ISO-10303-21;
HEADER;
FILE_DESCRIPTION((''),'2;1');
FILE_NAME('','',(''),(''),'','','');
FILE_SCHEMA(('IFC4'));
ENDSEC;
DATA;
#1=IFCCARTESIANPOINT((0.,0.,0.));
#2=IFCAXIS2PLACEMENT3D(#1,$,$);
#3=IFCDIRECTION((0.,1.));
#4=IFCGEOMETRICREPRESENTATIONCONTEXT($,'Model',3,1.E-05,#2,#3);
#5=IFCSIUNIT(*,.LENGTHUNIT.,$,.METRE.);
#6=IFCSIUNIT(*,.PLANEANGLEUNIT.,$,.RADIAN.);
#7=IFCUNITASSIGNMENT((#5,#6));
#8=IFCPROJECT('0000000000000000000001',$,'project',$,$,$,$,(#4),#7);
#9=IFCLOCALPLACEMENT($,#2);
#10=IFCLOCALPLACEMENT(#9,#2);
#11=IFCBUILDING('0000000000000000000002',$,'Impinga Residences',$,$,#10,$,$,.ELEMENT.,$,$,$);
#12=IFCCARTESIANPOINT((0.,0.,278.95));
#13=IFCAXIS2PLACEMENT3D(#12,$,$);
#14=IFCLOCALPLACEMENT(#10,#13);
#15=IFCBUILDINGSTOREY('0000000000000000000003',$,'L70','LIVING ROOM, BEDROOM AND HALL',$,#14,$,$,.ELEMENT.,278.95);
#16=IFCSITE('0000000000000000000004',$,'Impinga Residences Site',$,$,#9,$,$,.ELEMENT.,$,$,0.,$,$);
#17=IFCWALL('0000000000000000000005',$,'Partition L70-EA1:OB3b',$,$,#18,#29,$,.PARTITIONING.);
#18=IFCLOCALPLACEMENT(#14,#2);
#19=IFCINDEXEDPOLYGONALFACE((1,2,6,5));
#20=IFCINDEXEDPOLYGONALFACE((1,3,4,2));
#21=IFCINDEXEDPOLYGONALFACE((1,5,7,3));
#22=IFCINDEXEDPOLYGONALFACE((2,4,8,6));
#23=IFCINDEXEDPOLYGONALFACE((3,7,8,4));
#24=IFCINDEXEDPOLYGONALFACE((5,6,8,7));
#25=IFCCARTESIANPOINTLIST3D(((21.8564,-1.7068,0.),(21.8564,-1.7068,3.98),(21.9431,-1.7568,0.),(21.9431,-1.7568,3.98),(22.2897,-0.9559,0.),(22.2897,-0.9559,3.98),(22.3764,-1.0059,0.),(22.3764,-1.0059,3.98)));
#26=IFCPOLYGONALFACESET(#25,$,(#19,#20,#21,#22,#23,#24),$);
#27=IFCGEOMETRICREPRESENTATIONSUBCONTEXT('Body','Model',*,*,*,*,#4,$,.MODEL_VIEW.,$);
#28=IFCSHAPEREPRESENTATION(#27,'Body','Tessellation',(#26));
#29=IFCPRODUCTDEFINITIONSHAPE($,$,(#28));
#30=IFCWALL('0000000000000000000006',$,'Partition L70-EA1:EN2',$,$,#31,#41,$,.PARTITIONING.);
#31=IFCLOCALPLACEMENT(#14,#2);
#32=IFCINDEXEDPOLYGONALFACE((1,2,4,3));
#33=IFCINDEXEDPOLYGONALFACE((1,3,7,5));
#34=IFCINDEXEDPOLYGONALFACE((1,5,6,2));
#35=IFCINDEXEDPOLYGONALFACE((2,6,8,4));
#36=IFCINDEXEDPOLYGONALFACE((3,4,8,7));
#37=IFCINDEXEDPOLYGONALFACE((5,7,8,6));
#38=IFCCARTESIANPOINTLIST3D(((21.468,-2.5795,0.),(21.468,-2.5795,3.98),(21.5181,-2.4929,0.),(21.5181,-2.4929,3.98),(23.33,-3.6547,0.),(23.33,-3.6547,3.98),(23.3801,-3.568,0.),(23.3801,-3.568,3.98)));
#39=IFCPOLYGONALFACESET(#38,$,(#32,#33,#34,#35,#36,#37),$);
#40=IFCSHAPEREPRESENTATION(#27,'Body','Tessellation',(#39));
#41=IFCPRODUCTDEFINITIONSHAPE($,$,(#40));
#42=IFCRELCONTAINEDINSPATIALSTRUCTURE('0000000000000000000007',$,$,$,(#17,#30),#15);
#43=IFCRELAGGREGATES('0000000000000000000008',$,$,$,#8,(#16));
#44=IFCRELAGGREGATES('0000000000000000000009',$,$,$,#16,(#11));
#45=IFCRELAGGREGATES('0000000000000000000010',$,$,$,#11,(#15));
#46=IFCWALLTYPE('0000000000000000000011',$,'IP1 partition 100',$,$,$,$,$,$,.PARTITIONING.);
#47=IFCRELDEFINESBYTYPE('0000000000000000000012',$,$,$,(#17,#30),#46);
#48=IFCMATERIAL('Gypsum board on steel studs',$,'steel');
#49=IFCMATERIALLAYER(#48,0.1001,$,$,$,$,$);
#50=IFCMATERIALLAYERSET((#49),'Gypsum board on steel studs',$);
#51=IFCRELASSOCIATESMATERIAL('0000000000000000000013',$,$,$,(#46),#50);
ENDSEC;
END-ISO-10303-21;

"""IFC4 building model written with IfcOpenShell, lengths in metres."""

from ifc_helpers import new_model, si_unit, direction, frame, frame_2d, origin, place, context, subcontext, project, spatial, rectangle, extrude, material, layer, layer_set, type_object, element, save


model = new_model("IFC4")

# Units and contexts
model_context = context("Model", 3, precision=1e-05, world=origin(), true_north=direction((0.0, 1.0)))
body_context = subcontext(model_context, "Body", "Model", "MODEL_VIEW")
ifc_project = project(units=[si_unit("LENGTHUNIT", "METRE"), si_unit("PLANEANGLEUNIT", "RADIAN")], contexts=[model_context])

# Site, building, storey
site_placement = place(None, origin())
site = spatial("IfcSite", under=ifc_project, at=site_placement, Name="Impinga Residences Site", CompositionType="ELEMENT", RefElevation=0.0)
building_placement = place(site_placement, origin())
building = spatial("IfcBuilding", under=site, at=building_placement, Name="Impinga Residences", CompositionType="ELEMENT")
storey_placement = place(building_placement, frame((0.0, 0.0, 278.95)))
storey = spatial("IfcBuildingStorey", under=building, at=storey_placement, Name="L70", Description="LIVING ROOM, BEDROOM AND HALL", CompositionType="ELEMENT", Elevation=278.95)

# Walls
ifc_material_1 = material(Name="Gypsum board on steel studs", Category="steel")
ifc_layer_1 = layer(ifc_material_1, 0.1001)
ifc_layer_set_1 = layer_set([ifc_layer_1], Name="Gypsum board on steel studs")
wall_type = type_object("IfcWallType", Name="IP1 partition 100", PredefinedType="PARTITIONING", material=ifc_layer_set_1)
wall_1_placement = place(storey_placement, frame((21.8997, -1.7319, 0.0), z_axis=(0.0, 0.0, 1.0), x_axis=(0.499804, 0.866139, 0.0)))
element("IfcWall", 1, at=wall_1_placement, inside=storey, type_object=wall_type, Name="Partition L70-EA1:OB3b", PredefinedType="PARTITIONING", context=body_context, shape_type="SweptSolid", body=[
    extrude(rectangle(XDim=0.8669, YDim=0.1001, at=frame_2d((0.4336, 0.0))), origin(), (0.0, 0.0, 1.0), 3.98),
])
wall_2_placement = place(storey_placement, frame((21.4929, -2.5361, 0.0), z_axis=(0.0, 0.0, 1.0), x_axis=(0.865998, -0.500047, 0.0)))
element("IfcWall", 2, at=wall_2_placement, inside=storey, type_object=wall_type, Name="Partition L70-EA1:EN2", PredefinedType="PARTITIONING", context=body_context, shape_type="SweptSolid", body=[
    extrude(rectangle(XDim=2.1501, YDim=0.1001, at=frame_2d((1.0752, 0.0))), origin(), (0.0, 0.0, 1.0), 3.98),
])

save(model, "model.ifc")
